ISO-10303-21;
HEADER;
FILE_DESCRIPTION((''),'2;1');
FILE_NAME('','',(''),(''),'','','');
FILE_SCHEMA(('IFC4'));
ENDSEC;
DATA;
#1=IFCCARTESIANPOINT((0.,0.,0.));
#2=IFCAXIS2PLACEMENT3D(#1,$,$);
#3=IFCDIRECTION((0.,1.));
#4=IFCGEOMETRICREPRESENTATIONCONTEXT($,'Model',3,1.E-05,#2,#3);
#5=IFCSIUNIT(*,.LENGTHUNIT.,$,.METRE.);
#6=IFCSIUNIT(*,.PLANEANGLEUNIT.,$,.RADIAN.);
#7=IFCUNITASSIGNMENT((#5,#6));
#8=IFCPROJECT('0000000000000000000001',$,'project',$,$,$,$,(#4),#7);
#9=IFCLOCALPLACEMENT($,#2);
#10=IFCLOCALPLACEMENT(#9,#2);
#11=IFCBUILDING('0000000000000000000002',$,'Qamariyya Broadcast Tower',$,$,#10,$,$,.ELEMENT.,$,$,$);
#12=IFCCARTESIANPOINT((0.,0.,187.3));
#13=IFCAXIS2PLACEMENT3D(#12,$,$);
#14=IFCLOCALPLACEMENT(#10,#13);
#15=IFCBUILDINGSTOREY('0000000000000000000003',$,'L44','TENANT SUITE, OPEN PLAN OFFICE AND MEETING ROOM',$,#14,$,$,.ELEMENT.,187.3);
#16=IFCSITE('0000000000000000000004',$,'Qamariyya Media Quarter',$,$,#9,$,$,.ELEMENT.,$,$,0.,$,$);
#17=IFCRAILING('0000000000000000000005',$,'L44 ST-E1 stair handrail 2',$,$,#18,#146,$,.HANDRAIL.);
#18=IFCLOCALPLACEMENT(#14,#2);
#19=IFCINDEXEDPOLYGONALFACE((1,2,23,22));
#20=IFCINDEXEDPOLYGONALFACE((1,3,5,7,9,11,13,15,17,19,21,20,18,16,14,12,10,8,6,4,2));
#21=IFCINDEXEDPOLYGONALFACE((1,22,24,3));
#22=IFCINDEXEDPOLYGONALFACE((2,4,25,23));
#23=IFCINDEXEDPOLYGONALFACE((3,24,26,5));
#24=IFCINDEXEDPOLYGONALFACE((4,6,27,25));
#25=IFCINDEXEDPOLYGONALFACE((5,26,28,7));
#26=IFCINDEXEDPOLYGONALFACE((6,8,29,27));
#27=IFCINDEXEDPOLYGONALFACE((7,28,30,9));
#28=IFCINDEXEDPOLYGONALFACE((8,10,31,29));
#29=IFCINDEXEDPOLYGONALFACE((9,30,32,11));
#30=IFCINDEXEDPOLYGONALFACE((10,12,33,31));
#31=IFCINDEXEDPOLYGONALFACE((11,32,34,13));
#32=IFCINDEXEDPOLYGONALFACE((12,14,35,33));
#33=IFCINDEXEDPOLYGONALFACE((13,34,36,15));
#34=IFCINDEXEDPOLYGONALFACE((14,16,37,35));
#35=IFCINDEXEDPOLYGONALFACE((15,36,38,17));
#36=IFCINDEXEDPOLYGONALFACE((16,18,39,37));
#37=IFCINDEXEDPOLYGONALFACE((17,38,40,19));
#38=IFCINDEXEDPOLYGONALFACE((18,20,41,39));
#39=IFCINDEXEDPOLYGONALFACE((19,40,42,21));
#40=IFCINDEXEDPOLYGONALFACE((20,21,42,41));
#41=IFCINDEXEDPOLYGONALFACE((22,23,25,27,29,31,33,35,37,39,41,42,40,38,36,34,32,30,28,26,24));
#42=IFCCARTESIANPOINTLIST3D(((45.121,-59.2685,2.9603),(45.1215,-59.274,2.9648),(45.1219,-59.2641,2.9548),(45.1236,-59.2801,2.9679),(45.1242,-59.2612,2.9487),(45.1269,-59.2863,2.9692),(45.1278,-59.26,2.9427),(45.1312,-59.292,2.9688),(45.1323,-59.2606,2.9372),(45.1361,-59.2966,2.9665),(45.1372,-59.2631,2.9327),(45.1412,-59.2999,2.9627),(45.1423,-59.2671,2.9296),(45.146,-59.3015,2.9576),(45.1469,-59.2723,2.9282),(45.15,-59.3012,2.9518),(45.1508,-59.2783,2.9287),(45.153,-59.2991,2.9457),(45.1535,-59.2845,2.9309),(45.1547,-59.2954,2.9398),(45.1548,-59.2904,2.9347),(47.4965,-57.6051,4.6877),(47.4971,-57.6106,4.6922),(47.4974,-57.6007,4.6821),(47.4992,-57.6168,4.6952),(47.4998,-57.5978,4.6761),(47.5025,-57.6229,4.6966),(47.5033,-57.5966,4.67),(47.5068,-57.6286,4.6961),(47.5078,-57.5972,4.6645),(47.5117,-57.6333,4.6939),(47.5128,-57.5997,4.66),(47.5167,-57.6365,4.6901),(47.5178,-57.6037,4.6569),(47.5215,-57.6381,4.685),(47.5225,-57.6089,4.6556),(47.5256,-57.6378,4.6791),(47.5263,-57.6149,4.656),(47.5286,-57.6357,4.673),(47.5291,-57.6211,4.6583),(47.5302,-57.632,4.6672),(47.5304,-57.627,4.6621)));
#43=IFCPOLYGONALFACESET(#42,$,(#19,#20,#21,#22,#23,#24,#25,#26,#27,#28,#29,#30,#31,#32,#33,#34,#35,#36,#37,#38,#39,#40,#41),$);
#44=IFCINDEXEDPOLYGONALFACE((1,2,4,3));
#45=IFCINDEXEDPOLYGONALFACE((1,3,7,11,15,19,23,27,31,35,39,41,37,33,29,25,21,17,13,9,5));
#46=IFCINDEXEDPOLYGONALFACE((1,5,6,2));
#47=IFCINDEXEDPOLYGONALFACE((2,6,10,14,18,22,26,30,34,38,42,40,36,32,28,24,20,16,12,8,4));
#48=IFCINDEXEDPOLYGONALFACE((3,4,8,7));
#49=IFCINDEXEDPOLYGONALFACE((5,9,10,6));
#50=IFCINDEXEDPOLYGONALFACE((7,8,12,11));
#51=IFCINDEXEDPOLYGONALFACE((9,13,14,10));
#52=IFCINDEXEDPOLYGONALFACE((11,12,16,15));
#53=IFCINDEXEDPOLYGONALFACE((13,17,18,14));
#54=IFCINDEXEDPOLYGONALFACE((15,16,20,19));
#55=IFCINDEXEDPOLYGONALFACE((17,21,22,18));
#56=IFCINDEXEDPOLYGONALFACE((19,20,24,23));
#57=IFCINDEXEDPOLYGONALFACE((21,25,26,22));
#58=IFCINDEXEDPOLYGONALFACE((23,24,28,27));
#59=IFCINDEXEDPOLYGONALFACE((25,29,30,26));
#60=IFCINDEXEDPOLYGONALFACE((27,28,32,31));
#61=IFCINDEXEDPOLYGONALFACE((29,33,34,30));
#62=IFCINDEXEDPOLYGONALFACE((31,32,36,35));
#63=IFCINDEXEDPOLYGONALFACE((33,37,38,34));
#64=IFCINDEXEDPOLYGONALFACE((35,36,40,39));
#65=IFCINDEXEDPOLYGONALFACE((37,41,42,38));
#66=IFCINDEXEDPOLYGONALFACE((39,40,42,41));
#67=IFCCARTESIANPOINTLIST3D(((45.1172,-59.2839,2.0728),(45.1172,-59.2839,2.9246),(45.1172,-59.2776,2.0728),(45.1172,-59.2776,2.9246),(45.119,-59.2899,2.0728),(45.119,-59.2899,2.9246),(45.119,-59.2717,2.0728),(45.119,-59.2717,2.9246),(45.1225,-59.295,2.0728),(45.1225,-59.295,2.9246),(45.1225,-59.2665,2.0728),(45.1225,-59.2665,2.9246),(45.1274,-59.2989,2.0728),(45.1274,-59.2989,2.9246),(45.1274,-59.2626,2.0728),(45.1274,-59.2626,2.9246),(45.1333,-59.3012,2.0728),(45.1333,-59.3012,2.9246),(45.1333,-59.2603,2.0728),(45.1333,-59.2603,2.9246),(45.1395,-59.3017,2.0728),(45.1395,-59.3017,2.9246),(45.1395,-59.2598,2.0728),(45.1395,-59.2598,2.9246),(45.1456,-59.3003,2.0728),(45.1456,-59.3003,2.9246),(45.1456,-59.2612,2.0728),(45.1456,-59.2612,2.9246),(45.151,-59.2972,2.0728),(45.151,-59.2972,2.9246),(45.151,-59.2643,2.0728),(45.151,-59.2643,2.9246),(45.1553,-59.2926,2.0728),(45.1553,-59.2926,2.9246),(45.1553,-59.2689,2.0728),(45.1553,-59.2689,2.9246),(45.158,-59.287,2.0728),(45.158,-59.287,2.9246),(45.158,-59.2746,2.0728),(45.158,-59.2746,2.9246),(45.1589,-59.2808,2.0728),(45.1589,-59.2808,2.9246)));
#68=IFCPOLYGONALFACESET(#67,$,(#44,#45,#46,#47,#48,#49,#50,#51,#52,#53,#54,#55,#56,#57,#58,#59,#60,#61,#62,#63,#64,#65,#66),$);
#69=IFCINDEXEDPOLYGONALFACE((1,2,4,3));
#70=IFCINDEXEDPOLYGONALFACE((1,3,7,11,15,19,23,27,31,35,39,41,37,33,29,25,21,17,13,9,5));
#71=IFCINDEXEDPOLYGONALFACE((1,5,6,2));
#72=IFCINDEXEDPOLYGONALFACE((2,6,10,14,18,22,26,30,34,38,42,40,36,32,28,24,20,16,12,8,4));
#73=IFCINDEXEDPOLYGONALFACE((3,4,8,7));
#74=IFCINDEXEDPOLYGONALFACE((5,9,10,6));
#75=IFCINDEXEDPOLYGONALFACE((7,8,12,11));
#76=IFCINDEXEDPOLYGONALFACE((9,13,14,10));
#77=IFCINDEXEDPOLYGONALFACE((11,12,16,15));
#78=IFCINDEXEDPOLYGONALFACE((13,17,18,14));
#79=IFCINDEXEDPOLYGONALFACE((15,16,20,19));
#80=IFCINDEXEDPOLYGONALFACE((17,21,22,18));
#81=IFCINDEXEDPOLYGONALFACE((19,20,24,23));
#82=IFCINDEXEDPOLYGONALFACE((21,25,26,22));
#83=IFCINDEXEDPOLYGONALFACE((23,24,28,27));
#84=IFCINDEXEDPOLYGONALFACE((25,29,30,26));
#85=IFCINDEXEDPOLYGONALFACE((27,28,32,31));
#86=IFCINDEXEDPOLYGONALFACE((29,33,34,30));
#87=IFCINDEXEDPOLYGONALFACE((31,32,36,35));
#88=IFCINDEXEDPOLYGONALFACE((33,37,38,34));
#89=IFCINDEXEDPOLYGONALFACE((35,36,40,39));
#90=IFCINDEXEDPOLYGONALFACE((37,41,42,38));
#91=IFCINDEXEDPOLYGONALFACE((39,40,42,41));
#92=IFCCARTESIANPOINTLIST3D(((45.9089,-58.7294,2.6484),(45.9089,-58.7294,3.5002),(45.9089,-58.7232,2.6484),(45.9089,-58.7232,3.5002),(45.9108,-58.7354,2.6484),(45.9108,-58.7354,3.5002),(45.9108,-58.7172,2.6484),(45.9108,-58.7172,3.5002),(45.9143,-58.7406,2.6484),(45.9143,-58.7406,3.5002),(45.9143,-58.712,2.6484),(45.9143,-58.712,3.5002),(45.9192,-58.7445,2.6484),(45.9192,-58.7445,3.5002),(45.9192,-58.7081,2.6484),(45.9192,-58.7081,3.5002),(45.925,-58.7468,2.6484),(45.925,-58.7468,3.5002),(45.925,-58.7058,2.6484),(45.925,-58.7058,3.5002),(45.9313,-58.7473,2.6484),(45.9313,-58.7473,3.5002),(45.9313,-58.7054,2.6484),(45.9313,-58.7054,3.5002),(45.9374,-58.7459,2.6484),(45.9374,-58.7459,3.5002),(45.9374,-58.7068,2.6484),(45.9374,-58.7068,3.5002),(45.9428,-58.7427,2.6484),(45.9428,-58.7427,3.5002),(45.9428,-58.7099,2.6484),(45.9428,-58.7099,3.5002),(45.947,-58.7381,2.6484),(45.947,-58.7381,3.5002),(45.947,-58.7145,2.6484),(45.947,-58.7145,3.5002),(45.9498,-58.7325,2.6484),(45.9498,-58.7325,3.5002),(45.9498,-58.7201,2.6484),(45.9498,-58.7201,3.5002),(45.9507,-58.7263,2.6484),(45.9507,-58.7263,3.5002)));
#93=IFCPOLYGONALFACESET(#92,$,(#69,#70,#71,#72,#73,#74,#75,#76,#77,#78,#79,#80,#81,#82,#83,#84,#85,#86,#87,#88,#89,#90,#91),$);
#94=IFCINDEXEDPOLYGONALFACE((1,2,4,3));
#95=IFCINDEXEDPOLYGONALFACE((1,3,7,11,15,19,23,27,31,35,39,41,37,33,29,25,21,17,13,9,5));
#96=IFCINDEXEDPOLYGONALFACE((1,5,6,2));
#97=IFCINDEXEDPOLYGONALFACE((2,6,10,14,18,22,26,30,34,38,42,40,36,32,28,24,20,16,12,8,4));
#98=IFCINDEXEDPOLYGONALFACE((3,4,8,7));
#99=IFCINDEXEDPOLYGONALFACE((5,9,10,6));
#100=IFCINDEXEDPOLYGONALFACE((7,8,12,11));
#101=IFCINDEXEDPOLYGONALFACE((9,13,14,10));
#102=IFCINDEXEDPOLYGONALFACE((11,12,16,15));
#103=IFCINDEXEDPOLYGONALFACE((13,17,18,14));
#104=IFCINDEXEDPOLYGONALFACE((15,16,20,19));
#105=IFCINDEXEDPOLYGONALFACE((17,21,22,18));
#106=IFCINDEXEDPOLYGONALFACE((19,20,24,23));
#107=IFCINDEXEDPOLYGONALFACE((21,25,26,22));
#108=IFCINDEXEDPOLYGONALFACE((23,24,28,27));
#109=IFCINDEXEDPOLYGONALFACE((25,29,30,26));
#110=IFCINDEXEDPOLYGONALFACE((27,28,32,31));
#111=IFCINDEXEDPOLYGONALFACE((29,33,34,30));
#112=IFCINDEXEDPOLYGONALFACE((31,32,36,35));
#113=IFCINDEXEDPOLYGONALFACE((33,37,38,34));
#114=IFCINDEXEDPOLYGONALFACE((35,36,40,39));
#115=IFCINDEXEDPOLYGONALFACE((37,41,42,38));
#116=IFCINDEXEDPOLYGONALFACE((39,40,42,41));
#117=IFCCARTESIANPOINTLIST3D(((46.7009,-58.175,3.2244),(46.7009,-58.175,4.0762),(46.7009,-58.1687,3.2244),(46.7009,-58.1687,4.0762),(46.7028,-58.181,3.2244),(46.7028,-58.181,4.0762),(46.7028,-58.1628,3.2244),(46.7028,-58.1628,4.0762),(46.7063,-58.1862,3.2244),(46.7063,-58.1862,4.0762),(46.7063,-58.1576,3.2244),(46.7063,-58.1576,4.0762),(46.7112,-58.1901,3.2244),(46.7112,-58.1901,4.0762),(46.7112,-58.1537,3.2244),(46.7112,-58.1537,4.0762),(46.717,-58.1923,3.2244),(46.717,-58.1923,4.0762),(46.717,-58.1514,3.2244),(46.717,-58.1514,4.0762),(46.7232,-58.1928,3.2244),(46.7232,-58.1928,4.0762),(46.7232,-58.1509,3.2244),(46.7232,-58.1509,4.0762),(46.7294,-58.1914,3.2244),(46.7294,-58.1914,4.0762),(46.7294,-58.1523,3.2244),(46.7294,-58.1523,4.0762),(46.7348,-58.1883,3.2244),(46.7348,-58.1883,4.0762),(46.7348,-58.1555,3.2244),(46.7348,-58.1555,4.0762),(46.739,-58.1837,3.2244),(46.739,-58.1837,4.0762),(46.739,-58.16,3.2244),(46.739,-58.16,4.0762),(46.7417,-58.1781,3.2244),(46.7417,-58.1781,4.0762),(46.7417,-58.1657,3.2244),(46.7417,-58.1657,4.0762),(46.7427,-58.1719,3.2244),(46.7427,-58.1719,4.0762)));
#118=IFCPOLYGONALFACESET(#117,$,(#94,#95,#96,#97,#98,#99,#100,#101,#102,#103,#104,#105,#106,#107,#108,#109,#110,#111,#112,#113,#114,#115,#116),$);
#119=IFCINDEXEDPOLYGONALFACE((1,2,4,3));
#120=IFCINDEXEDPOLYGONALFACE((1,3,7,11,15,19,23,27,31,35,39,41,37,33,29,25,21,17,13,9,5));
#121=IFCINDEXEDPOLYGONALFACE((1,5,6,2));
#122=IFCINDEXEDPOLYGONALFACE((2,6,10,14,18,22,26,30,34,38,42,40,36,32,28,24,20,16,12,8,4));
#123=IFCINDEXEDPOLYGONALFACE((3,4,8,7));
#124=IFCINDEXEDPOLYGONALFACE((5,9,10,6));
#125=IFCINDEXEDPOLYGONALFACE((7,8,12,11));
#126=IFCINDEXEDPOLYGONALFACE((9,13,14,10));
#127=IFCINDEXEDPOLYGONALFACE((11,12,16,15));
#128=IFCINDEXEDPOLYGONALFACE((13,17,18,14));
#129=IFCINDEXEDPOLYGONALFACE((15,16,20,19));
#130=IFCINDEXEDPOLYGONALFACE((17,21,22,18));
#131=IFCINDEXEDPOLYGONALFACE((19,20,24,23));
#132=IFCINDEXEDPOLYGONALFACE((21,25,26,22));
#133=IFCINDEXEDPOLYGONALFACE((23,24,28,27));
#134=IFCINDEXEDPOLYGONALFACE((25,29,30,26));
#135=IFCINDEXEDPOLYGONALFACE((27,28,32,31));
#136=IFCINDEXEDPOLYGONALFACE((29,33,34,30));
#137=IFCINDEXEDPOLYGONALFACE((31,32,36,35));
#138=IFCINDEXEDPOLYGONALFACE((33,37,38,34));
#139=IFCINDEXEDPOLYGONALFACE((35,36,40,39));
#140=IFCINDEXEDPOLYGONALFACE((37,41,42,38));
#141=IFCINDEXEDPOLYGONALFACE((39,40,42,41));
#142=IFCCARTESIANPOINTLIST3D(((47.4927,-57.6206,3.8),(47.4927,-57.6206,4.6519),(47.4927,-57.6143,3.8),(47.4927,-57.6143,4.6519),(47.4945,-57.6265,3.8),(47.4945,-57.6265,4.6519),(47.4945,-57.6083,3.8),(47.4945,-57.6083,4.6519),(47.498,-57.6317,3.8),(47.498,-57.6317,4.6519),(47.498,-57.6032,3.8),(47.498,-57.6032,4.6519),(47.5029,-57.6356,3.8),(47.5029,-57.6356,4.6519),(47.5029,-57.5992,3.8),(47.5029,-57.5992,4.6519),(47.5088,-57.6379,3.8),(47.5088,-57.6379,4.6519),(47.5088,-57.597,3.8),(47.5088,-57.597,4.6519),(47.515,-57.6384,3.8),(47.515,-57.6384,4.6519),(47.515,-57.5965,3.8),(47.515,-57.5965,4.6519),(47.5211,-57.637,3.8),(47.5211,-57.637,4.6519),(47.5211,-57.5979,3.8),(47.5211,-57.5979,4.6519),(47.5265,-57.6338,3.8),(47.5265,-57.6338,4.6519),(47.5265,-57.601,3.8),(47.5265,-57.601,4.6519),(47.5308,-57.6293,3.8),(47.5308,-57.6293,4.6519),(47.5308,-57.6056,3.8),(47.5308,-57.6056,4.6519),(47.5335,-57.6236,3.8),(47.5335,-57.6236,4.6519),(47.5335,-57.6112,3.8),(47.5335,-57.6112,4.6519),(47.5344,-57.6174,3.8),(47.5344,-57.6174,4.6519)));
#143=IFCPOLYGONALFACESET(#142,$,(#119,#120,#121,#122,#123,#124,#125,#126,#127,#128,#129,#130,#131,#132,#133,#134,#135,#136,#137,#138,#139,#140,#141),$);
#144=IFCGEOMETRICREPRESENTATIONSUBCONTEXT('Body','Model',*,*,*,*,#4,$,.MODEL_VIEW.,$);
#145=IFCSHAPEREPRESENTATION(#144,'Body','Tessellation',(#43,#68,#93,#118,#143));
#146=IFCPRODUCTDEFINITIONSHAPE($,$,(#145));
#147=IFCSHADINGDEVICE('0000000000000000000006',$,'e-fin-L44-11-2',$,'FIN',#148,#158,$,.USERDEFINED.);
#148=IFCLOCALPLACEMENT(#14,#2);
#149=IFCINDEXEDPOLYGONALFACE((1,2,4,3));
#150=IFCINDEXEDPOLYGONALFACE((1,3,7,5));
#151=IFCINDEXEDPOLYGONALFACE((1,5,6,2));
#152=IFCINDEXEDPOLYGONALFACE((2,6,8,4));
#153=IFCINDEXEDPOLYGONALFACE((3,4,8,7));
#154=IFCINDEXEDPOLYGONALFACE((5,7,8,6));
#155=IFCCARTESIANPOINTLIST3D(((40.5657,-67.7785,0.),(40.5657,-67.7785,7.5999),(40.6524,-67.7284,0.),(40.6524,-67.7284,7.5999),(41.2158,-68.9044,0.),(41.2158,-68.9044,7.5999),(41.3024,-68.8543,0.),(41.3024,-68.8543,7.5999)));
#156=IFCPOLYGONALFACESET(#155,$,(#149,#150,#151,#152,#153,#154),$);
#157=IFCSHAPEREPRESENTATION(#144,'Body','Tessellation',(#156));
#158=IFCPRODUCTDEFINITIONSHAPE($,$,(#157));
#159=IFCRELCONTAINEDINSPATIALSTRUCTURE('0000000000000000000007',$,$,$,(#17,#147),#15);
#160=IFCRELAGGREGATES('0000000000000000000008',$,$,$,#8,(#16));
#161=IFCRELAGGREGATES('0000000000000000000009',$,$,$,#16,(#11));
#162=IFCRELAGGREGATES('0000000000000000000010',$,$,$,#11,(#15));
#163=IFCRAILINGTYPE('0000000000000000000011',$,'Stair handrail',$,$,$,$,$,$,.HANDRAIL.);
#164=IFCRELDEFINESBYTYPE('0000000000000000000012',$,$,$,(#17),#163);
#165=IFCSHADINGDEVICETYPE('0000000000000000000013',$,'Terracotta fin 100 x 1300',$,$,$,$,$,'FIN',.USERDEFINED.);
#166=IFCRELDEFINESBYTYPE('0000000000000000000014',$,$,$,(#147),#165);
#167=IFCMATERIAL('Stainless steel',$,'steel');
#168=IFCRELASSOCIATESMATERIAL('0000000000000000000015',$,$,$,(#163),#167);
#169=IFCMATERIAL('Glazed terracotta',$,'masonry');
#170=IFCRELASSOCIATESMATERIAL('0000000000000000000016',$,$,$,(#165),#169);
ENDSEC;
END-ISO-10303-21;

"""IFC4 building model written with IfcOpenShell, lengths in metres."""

from ifc_helpers import new_model, si_unit, direction, frame, origin, origin_2d, place, context, subcontext, project, spatial, rectangle, circle, extrude, material, material_profile, profile_set, type_object, element, save


model = new_model("IFC4")

# Units and contexts
model_context = context("Model", 3, precision=1e-05, world=origin(), true_north=direction((0.0, 1.0)))
body_context = subcontext(model_context, "Body", "Model", "MODEL_VIEW")
ifc_project = project(units=[si_unit("LENGTHUNIT", "METRE"), si_unit("PLANEANGLEUNIT", "RADIAN")], contexts=[model_context])

# Site, building, storey
site_placement = place(None, origin())
site = spatial("IfcSite", under=ifc_project, at=site_placement, Name="Qamariyya Media Quarter", CompositionType="ELEMENT", RefElevation=0.0)
building_placement = place(site_placement, origin())
building = spatial("IfcBuilding", under=site, at=building_placement, Name="Qamariyya Broadcast Tower", CompositionType="ELEMENT")
storey_placement = place(building_placement, frame((0.0, 0.0, 187.3)))
storey = spatial("IfcBuildingStorey", under=building, at=storey_placement, Name="L44", Description="TENANT SUITE, OPEN PLAN OFFICE AND MEETING ROOM", CompositionType="ELEMENT", Elevation=187.3)

# Railing
ifc_material_1 = material(Name="Stainless steel", Category="steel")
railing_type_1 = type_object("IfcRailingType", Name="Stair handrail", PredefinedType="HANDRAIL", material=ifc_material_1)
railing_1_placement = place(storey_placement, frame((45.1379, -59.2808, 2.0728)))
element("IfcRailing", 1, at=railing_1_placement, inside=storey, type_object=railing_type_1, Name="L44 ST-E1 stair handrail 2", PredefinedType="HANDRAIL", context=body_context, shape_type="SweptSolid", body=[
    extrude(circle(Radius=0.0239, at=origin_2d()), frame((0.0, 0.0, 0.876), z_axis=(0.70377, 0.492784, 0.511734), x_axis=(-0.573575, 0.819153, 0.0)), (0.0, 0.0, 1.0), 3.3755),
    extrude(circle(Radius=0.021, at=origin_2d()), origin(), (0.0, 0.0, 1.0), 0.8518),
    extrude(circle(Radius=0.021, at=origin_2d()), frame((0.7917, 0.5544, 0.5757)), (0.0, 0.0, 1.0), 0.8518),
    extrude(circle(Radius=0.021, at=origin_2d()), frame((1.5837, 1.1089, 1.1516)), (0.0, 0.0, 1.0), 0.8518),
    extrude(circle(Radius=0.021, at=origin_2d()), frame((2.3755, 1.6633, 1.7273)), (0.0, 0.0, 1.0), 0.8518),
])

# Shading device
ifc_material_2 = material(Name="Glazed terracotta", Category="masonry")
ifc_material_profile_1 = material_profile(ifc_material_2, rectangle(XDim=1.3, YDim=0.1001, at=origin_2d()))
ifc_profile_set_1 = profile_set([ifc_material_profile_1], Name="Glazed terracotta")
shading_device_type = type_object("IfcShadingDeviceType", Name="Terracotta fin 100 x 1300", ElementType="FIN", PredefinedType="USERDEFINED", material=ifc_profile_set_1)
shading_device_placement = place(storey_placement, frame((40.9341, -68.3164, 0.0), z_axis=(0.0, 0.0, 1.0), x_axis=(0.5, -0.866025, 0.0)))
element("IfcShadingDevice", 2, at=shading_device_placement, inside=storey, type_object=shading_device_type, Name="e-fin-L44-11-2", ObjectType="FIN", PredefinedType="USERDEFINED", context=body_context, shape_type="SweptSolid", body=[
    extrude(rectangle(XDim=1.3, YDim=0.1001, at=origin_2d()), origin(), (0.0, 0.0, 1.0), 7.5999),
])

save(model, "model.ifc")
